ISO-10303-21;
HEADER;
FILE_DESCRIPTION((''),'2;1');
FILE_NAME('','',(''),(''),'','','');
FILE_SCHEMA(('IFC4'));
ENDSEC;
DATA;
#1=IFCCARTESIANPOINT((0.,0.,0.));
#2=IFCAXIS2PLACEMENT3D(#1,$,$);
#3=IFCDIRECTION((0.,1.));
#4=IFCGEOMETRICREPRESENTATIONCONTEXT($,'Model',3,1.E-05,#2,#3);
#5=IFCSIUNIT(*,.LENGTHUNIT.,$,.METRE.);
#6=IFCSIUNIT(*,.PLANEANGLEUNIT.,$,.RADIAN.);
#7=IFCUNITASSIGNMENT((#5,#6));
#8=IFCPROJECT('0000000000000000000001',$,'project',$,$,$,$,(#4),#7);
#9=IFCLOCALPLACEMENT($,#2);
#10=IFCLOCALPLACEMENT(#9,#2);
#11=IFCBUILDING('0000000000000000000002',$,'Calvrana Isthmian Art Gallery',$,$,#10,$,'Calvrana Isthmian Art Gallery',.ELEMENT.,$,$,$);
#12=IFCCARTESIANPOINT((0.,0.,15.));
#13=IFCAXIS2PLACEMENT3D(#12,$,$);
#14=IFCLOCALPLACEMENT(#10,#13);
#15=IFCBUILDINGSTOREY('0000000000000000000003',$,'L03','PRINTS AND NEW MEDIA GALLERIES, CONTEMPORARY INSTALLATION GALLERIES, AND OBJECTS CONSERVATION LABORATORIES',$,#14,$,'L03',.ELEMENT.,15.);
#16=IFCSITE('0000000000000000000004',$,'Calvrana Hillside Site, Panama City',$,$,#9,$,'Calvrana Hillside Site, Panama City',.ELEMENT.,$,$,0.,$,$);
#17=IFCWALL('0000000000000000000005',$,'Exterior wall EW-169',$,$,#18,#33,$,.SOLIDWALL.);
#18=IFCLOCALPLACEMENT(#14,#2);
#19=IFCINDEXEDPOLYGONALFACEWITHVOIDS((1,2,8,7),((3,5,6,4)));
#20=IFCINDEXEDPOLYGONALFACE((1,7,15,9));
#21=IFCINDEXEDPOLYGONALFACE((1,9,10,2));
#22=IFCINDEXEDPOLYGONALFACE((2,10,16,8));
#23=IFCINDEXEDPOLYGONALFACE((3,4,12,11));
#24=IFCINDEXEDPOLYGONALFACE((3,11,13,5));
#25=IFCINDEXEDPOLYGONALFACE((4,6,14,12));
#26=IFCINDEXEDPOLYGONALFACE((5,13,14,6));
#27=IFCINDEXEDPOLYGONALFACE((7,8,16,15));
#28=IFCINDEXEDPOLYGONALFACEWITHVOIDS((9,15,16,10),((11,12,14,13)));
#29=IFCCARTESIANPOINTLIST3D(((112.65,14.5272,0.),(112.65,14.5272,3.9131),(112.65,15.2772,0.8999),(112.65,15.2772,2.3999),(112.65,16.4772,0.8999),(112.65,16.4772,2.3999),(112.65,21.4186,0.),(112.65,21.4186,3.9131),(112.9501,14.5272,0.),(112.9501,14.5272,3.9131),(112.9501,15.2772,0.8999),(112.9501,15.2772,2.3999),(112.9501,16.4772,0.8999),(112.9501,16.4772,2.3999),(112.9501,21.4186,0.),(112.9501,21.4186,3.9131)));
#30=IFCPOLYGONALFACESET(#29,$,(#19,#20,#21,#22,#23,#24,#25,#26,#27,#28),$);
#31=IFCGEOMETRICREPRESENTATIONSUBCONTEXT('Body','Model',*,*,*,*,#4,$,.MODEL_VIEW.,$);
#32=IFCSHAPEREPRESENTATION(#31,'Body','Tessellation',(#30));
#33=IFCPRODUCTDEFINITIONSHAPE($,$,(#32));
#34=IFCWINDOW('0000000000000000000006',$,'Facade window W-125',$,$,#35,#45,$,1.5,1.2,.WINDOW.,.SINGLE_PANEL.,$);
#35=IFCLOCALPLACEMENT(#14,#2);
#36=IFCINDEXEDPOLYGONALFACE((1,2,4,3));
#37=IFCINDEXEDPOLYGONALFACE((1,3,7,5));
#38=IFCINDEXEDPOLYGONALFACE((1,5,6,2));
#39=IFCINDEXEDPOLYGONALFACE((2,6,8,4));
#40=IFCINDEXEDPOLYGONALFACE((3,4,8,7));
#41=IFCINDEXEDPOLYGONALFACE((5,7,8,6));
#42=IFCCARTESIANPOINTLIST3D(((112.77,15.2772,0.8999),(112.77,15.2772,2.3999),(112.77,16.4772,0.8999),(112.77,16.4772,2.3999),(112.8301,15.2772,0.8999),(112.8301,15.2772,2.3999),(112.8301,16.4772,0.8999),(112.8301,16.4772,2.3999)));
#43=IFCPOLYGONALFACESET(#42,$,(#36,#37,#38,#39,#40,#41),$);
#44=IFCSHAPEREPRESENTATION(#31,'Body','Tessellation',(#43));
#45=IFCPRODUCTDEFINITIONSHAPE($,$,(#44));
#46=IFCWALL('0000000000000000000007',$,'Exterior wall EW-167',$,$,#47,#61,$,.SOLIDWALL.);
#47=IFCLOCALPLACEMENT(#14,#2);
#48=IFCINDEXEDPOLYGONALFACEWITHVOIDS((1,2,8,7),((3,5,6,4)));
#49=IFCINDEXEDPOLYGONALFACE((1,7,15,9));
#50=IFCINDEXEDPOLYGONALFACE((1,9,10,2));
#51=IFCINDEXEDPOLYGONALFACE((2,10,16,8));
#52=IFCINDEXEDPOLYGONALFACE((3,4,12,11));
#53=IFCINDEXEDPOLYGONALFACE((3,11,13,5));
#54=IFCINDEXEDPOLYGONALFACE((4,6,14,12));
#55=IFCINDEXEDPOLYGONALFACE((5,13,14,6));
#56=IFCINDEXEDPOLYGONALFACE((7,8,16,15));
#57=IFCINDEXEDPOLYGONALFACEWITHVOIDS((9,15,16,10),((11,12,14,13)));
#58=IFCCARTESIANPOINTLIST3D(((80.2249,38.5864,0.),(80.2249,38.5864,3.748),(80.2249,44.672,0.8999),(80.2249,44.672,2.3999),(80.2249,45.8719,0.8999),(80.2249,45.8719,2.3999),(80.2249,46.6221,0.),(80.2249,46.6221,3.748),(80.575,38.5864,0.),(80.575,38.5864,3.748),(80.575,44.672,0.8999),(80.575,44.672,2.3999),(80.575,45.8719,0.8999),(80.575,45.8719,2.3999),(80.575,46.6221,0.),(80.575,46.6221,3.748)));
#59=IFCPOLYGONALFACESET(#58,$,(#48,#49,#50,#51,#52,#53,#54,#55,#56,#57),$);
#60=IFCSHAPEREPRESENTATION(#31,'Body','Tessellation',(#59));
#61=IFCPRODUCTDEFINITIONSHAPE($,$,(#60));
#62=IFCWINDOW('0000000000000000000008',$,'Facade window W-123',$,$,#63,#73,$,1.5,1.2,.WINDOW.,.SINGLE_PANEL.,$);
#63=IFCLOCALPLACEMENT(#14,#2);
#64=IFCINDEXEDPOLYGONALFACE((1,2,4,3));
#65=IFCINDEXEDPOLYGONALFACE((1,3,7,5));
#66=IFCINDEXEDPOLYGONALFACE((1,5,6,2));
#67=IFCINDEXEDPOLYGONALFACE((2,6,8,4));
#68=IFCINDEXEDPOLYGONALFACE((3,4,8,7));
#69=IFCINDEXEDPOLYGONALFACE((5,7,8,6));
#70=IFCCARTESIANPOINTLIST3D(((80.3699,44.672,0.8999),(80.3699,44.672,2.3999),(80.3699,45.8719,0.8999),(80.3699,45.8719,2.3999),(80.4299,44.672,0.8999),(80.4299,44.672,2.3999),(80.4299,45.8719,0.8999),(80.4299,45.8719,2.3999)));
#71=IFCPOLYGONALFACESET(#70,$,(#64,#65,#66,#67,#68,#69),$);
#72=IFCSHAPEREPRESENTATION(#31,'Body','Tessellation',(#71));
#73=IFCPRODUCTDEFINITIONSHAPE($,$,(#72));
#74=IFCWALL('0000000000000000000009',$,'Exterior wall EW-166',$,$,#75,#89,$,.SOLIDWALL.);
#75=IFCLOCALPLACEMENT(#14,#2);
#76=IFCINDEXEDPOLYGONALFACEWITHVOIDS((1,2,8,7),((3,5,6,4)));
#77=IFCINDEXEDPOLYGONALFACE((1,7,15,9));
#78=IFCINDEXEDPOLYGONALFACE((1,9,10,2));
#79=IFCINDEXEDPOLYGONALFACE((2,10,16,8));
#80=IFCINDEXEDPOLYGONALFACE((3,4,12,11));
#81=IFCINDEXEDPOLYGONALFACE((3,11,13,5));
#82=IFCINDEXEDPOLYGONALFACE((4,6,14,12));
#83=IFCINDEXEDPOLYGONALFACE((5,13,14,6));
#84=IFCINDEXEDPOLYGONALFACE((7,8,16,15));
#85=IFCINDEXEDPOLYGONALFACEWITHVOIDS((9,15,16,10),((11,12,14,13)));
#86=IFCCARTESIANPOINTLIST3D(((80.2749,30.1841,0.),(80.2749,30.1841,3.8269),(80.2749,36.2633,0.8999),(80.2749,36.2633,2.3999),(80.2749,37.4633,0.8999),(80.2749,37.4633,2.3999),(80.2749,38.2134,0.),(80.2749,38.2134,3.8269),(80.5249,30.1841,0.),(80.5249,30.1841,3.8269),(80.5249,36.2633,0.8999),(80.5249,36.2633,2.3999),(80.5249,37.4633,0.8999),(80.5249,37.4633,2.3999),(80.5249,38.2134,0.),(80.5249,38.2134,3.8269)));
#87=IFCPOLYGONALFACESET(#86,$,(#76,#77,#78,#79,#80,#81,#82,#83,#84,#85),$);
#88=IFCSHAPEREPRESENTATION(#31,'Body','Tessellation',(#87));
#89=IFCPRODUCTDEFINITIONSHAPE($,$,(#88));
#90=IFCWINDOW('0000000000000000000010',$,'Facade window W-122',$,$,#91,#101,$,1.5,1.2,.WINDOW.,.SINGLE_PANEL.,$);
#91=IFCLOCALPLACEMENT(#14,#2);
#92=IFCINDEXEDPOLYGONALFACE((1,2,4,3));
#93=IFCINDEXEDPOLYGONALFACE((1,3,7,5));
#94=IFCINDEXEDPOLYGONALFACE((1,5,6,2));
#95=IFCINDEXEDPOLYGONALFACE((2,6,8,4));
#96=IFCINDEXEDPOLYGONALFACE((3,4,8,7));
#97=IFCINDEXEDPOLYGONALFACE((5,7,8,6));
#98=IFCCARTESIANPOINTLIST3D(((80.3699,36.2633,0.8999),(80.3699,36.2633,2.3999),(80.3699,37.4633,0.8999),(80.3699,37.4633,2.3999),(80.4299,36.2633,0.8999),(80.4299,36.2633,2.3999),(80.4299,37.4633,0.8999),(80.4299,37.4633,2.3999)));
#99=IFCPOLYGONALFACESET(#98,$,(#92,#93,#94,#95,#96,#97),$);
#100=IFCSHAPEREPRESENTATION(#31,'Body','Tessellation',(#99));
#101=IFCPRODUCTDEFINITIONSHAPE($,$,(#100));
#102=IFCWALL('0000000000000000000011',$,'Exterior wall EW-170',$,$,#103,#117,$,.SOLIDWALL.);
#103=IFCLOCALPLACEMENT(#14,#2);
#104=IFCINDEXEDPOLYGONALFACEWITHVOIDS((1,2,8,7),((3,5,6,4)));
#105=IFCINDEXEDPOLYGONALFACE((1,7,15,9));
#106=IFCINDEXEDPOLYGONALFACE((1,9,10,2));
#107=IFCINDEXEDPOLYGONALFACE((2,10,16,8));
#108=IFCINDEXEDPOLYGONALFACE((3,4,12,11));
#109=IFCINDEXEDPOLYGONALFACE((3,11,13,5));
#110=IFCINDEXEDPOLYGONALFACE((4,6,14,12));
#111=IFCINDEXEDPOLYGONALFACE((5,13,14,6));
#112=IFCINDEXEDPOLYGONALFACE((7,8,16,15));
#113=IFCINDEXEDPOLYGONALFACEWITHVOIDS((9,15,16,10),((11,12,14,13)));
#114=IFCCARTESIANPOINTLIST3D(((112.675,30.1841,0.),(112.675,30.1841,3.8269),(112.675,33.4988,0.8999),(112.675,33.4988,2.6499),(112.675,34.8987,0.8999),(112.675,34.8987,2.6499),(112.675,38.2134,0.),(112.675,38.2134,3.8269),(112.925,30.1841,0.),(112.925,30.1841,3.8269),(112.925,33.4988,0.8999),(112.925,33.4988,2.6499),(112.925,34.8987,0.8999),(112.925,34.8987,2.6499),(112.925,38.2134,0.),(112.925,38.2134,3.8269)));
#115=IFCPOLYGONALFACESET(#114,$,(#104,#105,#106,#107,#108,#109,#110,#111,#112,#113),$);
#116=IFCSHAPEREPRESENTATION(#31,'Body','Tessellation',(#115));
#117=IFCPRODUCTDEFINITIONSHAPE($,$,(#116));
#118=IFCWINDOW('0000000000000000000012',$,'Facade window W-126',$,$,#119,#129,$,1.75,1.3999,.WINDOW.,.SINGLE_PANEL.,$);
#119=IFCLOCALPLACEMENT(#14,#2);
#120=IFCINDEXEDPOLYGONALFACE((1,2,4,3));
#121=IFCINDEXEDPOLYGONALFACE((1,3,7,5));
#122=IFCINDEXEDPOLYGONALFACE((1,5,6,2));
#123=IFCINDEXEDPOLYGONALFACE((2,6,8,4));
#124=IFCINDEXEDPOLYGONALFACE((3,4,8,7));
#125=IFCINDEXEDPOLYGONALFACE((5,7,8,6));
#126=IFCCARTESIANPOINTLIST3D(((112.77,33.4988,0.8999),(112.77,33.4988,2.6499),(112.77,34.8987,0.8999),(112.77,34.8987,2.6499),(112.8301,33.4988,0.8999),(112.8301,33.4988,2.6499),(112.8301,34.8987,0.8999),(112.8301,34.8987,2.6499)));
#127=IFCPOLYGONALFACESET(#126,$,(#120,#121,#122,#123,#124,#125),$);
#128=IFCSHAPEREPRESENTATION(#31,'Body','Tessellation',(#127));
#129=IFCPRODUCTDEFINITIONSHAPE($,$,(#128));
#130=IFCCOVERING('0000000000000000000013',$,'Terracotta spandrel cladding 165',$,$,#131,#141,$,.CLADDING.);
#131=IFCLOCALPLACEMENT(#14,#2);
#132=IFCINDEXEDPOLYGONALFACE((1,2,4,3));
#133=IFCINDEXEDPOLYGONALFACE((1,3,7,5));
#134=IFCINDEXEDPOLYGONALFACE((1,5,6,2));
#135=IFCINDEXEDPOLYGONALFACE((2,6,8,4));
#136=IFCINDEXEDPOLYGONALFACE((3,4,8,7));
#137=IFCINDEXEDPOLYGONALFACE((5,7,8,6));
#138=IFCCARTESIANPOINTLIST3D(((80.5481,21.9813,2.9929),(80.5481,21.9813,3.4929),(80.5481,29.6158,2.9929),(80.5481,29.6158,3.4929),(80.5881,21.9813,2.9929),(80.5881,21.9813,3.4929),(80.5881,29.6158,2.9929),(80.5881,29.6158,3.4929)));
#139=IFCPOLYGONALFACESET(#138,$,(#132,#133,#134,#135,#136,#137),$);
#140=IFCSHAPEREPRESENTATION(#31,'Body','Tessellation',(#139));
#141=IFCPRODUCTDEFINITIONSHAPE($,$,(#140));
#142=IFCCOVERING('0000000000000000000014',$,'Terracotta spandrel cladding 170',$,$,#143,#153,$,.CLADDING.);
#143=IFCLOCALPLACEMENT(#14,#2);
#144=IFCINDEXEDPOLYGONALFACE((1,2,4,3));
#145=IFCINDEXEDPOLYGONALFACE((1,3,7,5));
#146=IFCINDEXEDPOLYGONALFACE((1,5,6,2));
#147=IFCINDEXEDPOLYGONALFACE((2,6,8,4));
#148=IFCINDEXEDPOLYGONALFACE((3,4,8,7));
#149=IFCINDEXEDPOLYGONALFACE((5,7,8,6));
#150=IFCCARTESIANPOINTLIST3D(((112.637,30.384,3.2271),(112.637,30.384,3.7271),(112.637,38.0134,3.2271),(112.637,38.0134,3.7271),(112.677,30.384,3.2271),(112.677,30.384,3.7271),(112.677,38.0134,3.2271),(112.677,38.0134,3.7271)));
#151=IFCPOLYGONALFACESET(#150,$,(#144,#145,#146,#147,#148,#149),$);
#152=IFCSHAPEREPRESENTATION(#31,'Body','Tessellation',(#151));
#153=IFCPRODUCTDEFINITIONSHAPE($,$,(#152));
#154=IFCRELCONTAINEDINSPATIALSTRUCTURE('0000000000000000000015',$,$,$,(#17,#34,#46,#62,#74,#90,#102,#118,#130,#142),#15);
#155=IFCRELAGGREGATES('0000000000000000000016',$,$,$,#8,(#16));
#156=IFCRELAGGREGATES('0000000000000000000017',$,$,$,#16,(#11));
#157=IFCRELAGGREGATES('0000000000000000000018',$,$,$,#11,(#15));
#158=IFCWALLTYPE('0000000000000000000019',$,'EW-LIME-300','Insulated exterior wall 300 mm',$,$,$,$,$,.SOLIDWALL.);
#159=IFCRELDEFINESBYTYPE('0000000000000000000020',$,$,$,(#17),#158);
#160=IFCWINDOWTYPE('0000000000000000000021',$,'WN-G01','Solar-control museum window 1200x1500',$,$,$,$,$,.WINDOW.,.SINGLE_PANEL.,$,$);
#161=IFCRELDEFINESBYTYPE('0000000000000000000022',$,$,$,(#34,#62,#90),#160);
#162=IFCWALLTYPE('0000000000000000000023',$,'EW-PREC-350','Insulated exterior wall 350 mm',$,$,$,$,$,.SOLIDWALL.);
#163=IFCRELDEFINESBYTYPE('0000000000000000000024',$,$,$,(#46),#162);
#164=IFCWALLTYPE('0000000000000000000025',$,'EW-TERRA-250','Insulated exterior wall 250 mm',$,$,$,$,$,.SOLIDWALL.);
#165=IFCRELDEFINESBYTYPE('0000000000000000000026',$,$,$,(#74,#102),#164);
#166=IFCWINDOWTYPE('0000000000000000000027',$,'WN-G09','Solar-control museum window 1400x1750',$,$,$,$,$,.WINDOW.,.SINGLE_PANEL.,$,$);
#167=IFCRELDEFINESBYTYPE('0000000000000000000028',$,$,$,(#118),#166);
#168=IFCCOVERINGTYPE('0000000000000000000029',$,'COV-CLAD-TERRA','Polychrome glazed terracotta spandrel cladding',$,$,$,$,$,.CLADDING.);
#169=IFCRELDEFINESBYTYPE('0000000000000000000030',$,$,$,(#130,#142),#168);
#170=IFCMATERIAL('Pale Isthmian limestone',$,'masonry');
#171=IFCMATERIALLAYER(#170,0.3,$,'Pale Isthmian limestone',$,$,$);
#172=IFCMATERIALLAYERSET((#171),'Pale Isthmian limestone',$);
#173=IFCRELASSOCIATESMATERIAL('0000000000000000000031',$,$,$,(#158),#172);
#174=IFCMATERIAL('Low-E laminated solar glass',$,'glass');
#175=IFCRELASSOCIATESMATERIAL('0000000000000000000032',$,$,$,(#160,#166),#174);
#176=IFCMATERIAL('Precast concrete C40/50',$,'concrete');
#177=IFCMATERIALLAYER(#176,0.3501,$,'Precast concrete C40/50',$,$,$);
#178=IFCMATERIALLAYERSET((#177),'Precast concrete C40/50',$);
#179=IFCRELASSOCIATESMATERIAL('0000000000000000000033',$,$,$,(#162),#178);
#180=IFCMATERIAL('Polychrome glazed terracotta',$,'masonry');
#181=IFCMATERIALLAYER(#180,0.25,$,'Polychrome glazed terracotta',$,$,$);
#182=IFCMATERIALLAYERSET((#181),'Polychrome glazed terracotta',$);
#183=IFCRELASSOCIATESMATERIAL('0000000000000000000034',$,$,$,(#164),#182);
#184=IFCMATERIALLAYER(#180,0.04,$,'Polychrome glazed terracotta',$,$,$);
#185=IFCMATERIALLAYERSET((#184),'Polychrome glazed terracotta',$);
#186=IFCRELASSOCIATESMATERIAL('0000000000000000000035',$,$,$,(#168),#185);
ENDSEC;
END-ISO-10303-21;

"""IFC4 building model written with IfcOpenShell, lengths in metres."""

from ifc_helpers import new_model, si_unit, direction, frame, frame_2d, origin, origin_2d, place, context, subcontext, project, spatial, rectangle, extrude, material, layer, layer_set, type_object, element, fill, save


model = new_model("IFC4")

# Units and contexts
model_context = context("Model", 3, precision=1e-05, world=origin(), true_north=direction((0.0, 1.0)))
body_context = subcontext(model_context, "Body", "Model", "MODEL_VIEW")
ifc_project = project(units=[si_unit("LENGTHUNIT", "METRE"), si_unit("PLANEANGLEUNIT", "RADIAN")], contexts=[model_context])

# Site, building, storey
site_placement = place(None, origin())
site = spatial("IfcSite", under=ifc_project, at=site_placement, Name="Calvrana Hillside Site, Panama City", LongName="Calvrana Hillside Site, Panama City", CompositionType="ELEMENT", RefElevation=0.0)
building_placement = place(site_placement, origin())
building = spatial("IfcBuilding", under=site, at=building_placement, Name="Calvrana Isthmian Art Gallery", LongName="Calvrana Isthmian Art Gallery", CompositionType="ELEMENT")
storey_placement = place(building_placement, frame((0.0, 0.0, 15.0)))
storey = spatial("IfcBuildingStorey", under=building, at=storey_placement, Name="L03", Description="PRINTS AND NEW MEDIA GALLERIES, CONTEMPORARY INSTALLATION GALLERIES, AND OBJECTS CONSERVATION LABORATORIES", LongName="L03", CompositionType="ELEMENT", Elevation=15.0)

# Walls, openings, windows
ifc_material_1 = material(Name="Pale Isthmian limestone", Category="masonry")
ifc_layer_1 = layer(ifc_material_1, 0.3, Name="Pale Isthmian limestone")
ifc_layer_set_1 = layer_set([ifc_layer_1], Name="Pale Isthmian limestone")
wall_type_1 = type_object("IfcWallType", Name="EW-LIME-300", Description="Insulated exterior wall 300 mm", PredefinedType="SOLIDWALL", material=ifc_layer_set_1)
wall_1_placement = place(storey_placement, frame((112.8, 14.5271, 0.0), z_axis=(0.0, 0.0, 1.0), x_axis=(0.0, 1.0, 0.0)))
wall_1 = element("IfcWall", 1, at=wall_1_placement, inside=storey, type_object=wall_type_1, Name="Exterior wall EW-169", PredefinedType="SOLIDWALL", context=body_context, shape_type="SweptSolid", body=[
    extrude(rectangle(XDim=6.8914, YDim=0.3, at=frame_2d((3.4458, 0.0))), origin(), (0.0, 0.0, 1.0), 3.9131),
])
opening_1_placement = place(wall_1_placement, frame((0.75, 0.0, 0.8999)))
opening_1 = element("IfcOpeningElement", 2, at=opening_1_placement, cuts=wall_1, PredefinedType="OPENING", context=body_context, shape_type="SweptSolid", body=[
    extrude(rectangle(XDim=1.2, YDim=1.5, at=frame_2d((0.6001, 0.75))), frame((0.0, 0.1602, 0.0), z_axis=(0.0, -1.0, 0.0), x_axis=(1.0, 0.0, 0.0)), (0.0, 0.0, 1.0), 0.3206),
])
ifc_material_2 = material(Name="Low-E laminated solar glass", Category="glass")
window_type_1 = type_object("IfcWindowType", Name="WN-G01", Description="Solar-control museum window 1200x1500", PartitioningType="SINGLE_PANEL", PredefinedType="WINDOW", material=ifc_material_2)
window_1_placement = place(opening_1_placement, origin())
window_1 = element("IfcWindow", 3, at=window_1_placement, inside=storey, type_object=window_type_1, Name="Facade window W-125", OverallHeight=1.5, OverallWidth=1.2, PartitioningType="SINGLE_PANEL", PredefinedType="WINDOW", context=body_context, shape_type="SweptSolid", body=[
    extrude(rectangle(XDim=1.2, YDim=1.5, at=frame_2d((0.6001, 0.75))), frame((0.0, 0.03, 0.0), z_axis=(0.0, -1.0, 0.0), x_axis=(1.0, 0.0, 0.0)), (0.0, 0.0, 1.0), 0.0601),
])
fill(opening_1, window_1)
ifc_material_3 = material(Name="Precast concrete C40/50", Category="concrete")
ifc_layer_2 = layer(ifc_material_3, 0.3501, Name="Precast concrete C40/50")
ifc_layer_set_2 = layer_set([ifc_layer_2], Name="Precast concrete C40/50")
wall_type_2 = type_object("IfcWallType", Name="EW-PREC-350", Description="Insulated exterior wall 350 mm", PredefinedType="SOLIDWALL", material=ifc_layer_set_2)
wall_2_placement = place(storey_placement, frame((80.3999, 46.6221, 0.0), z_axis=(0.0, 0.0, 1.0), x_axis=(0.0, -1.0, 0.0)))
wall_2 = element("IfcWall", 4, at=wall_2_placement, inside=storey, type_object=wall_type_2, Name="Exterior wall EW-167", PredefinedType="SOLIDWALL", context=body_context, shape_type="SweptSolid", body=[
    extrude(rectangle(XDim=8.0356, YDim=0.3501, at=frame_2d((4.0178, 0.0))), origin(), (0.0, 0.0, 1.0), 3.748),
])
opening_2_placement = place(wall_2_placement, frame((0.75, 0.0, 0.8999)))
opening_2 = element("IfcOpeningElement", 5, at=opening_2_placement, cuts=wall_2, PredefinedType="OPENING", context=body_context, shape_type="SweptSolid", body=[
    extrude(rectangle(XDim=1.2, YDim=1.5, at=frame_2d((0.6001, 0.75))), frame((0.0, 0.1853, 0.0), z_axis=(0.0, -1.0, 0.0), x_axis=(1.0, 0.0, 0.0)), (0.0, 0.0, 1.0), 0.3706),
])
window_2_placement = place(opening_2_placement, origin())
window_2 = element("IfcWindow", 6, at=window_2_placement, inside=storey, type_object=window_type_1, Name="Facade window W-123", OverallHeight=1.5, OverallWidth=1.2, PartitioningType="SINGLE_PANEL", PredefinedType="WINDOW", context=body_context, shape_type="SweptSolid", body=[
    extrude(rectangle(XDim=1.2, YDim=1.5, at=frame_2d((0.6001, 0.75))), frame((0.0, 0.03, 0.0), z_axis=(0.0, -1.0, 0.0), x_axis=(1.0, 0.0, 0.0)), (0.0, 0.0, 1.0), 0.0601),
])
fill(opening_2, window_2)
ifc_material_4 = material(Name="Polychrome glazed terracotta", Category="masonry")
ifc_layer_3 = layer(ifc_material_4, 0.25, Name="Polychrome glazed terracotta")
ifc_layer_set_3 = layer_set([ifc_layer_3], Name="Polychrome glazed terracotta")
wall_type_3 = type_object("IfcWallType", Name="EW-TERRA-250", Description="Insulated exterior wall 250 mm", PredefinedType="SOLIDWALL", material=ifc_layer_set_3)
wall_3_placement = place(storey_placement, frame((80.3999, 38.2134, 0.0), z_axis=(0.0, 0.0, 1.0), x_axis=(0.0, -1.0, 0.0)))
wall_3 = element("IfcWall", 7, at=wall_3_placement, inside=storey, type_object=wall_type_3, Name="Exterior wall EW-166", PredefinedType="SOLIDWALL", context=body_context, shape_type="SweptSolid", body=[
    extrude(rectangle(XDim=8.0293, YDim=0.25, at=frame_2d((4.0146, 0.0))), origin(), (0.0, 0.0, 1.0), 3.8269),
])
opening_3_placement = place(wall_3_placement, frame((0.75, 0.0, 0.8999)))
opening_3 = element("IfcOpeningElement", 8, at=opening_3_placement, cuts=wall_3, PredefinedType="OPENING", context=body_context, shape_type="SweptSolid", body=[
    extrude(rectangle(XDim=1.2, YDim=1.5, at=frame_2d((0.6001, 0.75))), frame((0.0, 0.1353, 0.0), z_axis=(0.0, -1.0, 0.0), x_axis=(1.0, 0.0, 0.0)), (0.0, 0.0, 1.0), 0.2705),
])
window_3_placement = place(opening_3_placement, origin())
window_3 = element("IfcWindow", 9, at=window_3_placement, inside=storey, type_object=window_type_1, Name="Facade window W-122", OverallHeight=1.5, OverallWidth=1.2, PartitioningType="SINGLE_PANEL", PredefinedType="WINDOW", context=body_context, shape_type="SweptSolid", body=[
    extrude(rectangle(XDim=1.2, YDim=1.5, at=frame_2d((0.6001, 0.75))), frame((0.0, 0.03, 0.0), z_axis=(0.0, -1.0, 0.0), x_axis=(1.0, 0.0, 0.0)), (0.0, 0.0, 1.0), 0.0601),
])
fill(opening_3, window_3)
wall_4_placement = place(storey_placement, frame((112.8, 30.1841, 0.0), z_axis=(0.0, 0.0, 1.0), x_axis=(0.0, 1.0, 0.0)))
wall_4 = element("IfcWall", 10, at=wall_4_placement, inside=storey, type_object=wall_type_3, Name="Exterior wall EW-170", PredefinedType="SOLIDWALL", context=body_context, shape_type="SweptSolid", body=[
    extrude(rectangle(XDim=8.0293, YDim=0.25, at=frame_2d((4.0146, 0.0))), origin(), (0.0, 0.0, 1.0), 3.8269),
])
opening_4_placement = place(wall_4_placement, frame((3.3147, 0.0, 0.8999)))
opening_4 = element("IfcOpeningElement", 11, at=opening_4_placement, cuts=wall_4, PredefinedType="OPENING", context=body_context, shape_type="SweptSolid", body=[
    extrude(rectangle(XDim=1.3999, YDim=1.75, at=frame_2d((0.7, 0.875))), frame((0.0, 0.1353, 0.0), z_axis=(0.0, -1.0, 0.0), x_axis=(1.0, 0.0, 0.0)), (0.0, 0.0, 1.0), 0.2705),
])
window_type_2 = type_object("IfcWindowType", Name="WN-G09", Description="Solar-control museum window 1400x1750", PartitioningType="SINGLE_PANEL", PredefinedType="WINDOW", material=ifc_material_2)
window_4_placement = place(opening_4_placement, origin())
window_4 = element("IfcWindow", 12, at=window_4_placement, inside=storey, type_object=window_type_2, Name="Facade window W-126", OverallHeight=1.75, OverallWidth=1.3999, PartitioningType="SINGLE_PANEL", PredefinedType="WINDOW", context=body_context, shape_type="SweptSolid", body=[
    extrude(rectangle(XDim=1.3999, YDim=1.75, at=frame_2d((0.7, 0.875))), frame((0.0, 0.03, 0.0), z_axis=(0.0, -1.0, 0.0), x_axis=(1.0, 0.0, 0.0)), (0.0, 0.0, 1.0), 0.0601),
])
fill(opening_4, window_4)

# Coverings
ifc_layer_4 = layer(ifc_material_4, 0.04, Name="Polychrome glazed terracotta")
ifc_layer_set_4 = layer_set([ifc_layer_4], Name="Polychrome glazed terracotta")
covering_type = type_object("IfcCoveringType", Name="COV-CLAD-TERRA", Description="Polychrome glazed terracotta spandrel cladding", PredefinedType="CLADDING", material=ifc_layer_set_4)
covering_1_placement = place(storey_placement, frame((80.5681, 25.7986, 2.9929), z_axis=(0.0, 0.0, 1.0), x_axis=(0.0, -1.0, 0.0)))
element("IfcCovering", 13, at=covering_1_placement, inside=storey, type_object=covering_type, Name="Terracotta spandrel cladding 165", PredefinedType="CLADDING", context=body_context, shape_type="SweptSolid", body=[
    extrude(rectangle(XDim=7.6345, YDim=0.04, at=origin_2d()), origin(), (0.0, 0.0, 1.0), 0.5),
])
covering_2_placement = place(storey_placement, frame((112.657, 34.1987, 3.2271), z_axis=(0.0, 0.0, 1.0), x_axis=(0.0, 1.0, 0.0)))
element("IfcCovering", 14, at=covering_2_placement, inside=storey, type_object=covering_type, Name="Terracotta spandrel cladding 170", PredefinedType="CLADDING", context=body_context, shape_type="SweptSolid", body=[
    extrude(rectangle(XDim=7.6294, YDim=0.04, at=origin_2d()), origin(), (0.0, 0.0, 1.0), 0.5),
])

save(model, "model.ifc")
